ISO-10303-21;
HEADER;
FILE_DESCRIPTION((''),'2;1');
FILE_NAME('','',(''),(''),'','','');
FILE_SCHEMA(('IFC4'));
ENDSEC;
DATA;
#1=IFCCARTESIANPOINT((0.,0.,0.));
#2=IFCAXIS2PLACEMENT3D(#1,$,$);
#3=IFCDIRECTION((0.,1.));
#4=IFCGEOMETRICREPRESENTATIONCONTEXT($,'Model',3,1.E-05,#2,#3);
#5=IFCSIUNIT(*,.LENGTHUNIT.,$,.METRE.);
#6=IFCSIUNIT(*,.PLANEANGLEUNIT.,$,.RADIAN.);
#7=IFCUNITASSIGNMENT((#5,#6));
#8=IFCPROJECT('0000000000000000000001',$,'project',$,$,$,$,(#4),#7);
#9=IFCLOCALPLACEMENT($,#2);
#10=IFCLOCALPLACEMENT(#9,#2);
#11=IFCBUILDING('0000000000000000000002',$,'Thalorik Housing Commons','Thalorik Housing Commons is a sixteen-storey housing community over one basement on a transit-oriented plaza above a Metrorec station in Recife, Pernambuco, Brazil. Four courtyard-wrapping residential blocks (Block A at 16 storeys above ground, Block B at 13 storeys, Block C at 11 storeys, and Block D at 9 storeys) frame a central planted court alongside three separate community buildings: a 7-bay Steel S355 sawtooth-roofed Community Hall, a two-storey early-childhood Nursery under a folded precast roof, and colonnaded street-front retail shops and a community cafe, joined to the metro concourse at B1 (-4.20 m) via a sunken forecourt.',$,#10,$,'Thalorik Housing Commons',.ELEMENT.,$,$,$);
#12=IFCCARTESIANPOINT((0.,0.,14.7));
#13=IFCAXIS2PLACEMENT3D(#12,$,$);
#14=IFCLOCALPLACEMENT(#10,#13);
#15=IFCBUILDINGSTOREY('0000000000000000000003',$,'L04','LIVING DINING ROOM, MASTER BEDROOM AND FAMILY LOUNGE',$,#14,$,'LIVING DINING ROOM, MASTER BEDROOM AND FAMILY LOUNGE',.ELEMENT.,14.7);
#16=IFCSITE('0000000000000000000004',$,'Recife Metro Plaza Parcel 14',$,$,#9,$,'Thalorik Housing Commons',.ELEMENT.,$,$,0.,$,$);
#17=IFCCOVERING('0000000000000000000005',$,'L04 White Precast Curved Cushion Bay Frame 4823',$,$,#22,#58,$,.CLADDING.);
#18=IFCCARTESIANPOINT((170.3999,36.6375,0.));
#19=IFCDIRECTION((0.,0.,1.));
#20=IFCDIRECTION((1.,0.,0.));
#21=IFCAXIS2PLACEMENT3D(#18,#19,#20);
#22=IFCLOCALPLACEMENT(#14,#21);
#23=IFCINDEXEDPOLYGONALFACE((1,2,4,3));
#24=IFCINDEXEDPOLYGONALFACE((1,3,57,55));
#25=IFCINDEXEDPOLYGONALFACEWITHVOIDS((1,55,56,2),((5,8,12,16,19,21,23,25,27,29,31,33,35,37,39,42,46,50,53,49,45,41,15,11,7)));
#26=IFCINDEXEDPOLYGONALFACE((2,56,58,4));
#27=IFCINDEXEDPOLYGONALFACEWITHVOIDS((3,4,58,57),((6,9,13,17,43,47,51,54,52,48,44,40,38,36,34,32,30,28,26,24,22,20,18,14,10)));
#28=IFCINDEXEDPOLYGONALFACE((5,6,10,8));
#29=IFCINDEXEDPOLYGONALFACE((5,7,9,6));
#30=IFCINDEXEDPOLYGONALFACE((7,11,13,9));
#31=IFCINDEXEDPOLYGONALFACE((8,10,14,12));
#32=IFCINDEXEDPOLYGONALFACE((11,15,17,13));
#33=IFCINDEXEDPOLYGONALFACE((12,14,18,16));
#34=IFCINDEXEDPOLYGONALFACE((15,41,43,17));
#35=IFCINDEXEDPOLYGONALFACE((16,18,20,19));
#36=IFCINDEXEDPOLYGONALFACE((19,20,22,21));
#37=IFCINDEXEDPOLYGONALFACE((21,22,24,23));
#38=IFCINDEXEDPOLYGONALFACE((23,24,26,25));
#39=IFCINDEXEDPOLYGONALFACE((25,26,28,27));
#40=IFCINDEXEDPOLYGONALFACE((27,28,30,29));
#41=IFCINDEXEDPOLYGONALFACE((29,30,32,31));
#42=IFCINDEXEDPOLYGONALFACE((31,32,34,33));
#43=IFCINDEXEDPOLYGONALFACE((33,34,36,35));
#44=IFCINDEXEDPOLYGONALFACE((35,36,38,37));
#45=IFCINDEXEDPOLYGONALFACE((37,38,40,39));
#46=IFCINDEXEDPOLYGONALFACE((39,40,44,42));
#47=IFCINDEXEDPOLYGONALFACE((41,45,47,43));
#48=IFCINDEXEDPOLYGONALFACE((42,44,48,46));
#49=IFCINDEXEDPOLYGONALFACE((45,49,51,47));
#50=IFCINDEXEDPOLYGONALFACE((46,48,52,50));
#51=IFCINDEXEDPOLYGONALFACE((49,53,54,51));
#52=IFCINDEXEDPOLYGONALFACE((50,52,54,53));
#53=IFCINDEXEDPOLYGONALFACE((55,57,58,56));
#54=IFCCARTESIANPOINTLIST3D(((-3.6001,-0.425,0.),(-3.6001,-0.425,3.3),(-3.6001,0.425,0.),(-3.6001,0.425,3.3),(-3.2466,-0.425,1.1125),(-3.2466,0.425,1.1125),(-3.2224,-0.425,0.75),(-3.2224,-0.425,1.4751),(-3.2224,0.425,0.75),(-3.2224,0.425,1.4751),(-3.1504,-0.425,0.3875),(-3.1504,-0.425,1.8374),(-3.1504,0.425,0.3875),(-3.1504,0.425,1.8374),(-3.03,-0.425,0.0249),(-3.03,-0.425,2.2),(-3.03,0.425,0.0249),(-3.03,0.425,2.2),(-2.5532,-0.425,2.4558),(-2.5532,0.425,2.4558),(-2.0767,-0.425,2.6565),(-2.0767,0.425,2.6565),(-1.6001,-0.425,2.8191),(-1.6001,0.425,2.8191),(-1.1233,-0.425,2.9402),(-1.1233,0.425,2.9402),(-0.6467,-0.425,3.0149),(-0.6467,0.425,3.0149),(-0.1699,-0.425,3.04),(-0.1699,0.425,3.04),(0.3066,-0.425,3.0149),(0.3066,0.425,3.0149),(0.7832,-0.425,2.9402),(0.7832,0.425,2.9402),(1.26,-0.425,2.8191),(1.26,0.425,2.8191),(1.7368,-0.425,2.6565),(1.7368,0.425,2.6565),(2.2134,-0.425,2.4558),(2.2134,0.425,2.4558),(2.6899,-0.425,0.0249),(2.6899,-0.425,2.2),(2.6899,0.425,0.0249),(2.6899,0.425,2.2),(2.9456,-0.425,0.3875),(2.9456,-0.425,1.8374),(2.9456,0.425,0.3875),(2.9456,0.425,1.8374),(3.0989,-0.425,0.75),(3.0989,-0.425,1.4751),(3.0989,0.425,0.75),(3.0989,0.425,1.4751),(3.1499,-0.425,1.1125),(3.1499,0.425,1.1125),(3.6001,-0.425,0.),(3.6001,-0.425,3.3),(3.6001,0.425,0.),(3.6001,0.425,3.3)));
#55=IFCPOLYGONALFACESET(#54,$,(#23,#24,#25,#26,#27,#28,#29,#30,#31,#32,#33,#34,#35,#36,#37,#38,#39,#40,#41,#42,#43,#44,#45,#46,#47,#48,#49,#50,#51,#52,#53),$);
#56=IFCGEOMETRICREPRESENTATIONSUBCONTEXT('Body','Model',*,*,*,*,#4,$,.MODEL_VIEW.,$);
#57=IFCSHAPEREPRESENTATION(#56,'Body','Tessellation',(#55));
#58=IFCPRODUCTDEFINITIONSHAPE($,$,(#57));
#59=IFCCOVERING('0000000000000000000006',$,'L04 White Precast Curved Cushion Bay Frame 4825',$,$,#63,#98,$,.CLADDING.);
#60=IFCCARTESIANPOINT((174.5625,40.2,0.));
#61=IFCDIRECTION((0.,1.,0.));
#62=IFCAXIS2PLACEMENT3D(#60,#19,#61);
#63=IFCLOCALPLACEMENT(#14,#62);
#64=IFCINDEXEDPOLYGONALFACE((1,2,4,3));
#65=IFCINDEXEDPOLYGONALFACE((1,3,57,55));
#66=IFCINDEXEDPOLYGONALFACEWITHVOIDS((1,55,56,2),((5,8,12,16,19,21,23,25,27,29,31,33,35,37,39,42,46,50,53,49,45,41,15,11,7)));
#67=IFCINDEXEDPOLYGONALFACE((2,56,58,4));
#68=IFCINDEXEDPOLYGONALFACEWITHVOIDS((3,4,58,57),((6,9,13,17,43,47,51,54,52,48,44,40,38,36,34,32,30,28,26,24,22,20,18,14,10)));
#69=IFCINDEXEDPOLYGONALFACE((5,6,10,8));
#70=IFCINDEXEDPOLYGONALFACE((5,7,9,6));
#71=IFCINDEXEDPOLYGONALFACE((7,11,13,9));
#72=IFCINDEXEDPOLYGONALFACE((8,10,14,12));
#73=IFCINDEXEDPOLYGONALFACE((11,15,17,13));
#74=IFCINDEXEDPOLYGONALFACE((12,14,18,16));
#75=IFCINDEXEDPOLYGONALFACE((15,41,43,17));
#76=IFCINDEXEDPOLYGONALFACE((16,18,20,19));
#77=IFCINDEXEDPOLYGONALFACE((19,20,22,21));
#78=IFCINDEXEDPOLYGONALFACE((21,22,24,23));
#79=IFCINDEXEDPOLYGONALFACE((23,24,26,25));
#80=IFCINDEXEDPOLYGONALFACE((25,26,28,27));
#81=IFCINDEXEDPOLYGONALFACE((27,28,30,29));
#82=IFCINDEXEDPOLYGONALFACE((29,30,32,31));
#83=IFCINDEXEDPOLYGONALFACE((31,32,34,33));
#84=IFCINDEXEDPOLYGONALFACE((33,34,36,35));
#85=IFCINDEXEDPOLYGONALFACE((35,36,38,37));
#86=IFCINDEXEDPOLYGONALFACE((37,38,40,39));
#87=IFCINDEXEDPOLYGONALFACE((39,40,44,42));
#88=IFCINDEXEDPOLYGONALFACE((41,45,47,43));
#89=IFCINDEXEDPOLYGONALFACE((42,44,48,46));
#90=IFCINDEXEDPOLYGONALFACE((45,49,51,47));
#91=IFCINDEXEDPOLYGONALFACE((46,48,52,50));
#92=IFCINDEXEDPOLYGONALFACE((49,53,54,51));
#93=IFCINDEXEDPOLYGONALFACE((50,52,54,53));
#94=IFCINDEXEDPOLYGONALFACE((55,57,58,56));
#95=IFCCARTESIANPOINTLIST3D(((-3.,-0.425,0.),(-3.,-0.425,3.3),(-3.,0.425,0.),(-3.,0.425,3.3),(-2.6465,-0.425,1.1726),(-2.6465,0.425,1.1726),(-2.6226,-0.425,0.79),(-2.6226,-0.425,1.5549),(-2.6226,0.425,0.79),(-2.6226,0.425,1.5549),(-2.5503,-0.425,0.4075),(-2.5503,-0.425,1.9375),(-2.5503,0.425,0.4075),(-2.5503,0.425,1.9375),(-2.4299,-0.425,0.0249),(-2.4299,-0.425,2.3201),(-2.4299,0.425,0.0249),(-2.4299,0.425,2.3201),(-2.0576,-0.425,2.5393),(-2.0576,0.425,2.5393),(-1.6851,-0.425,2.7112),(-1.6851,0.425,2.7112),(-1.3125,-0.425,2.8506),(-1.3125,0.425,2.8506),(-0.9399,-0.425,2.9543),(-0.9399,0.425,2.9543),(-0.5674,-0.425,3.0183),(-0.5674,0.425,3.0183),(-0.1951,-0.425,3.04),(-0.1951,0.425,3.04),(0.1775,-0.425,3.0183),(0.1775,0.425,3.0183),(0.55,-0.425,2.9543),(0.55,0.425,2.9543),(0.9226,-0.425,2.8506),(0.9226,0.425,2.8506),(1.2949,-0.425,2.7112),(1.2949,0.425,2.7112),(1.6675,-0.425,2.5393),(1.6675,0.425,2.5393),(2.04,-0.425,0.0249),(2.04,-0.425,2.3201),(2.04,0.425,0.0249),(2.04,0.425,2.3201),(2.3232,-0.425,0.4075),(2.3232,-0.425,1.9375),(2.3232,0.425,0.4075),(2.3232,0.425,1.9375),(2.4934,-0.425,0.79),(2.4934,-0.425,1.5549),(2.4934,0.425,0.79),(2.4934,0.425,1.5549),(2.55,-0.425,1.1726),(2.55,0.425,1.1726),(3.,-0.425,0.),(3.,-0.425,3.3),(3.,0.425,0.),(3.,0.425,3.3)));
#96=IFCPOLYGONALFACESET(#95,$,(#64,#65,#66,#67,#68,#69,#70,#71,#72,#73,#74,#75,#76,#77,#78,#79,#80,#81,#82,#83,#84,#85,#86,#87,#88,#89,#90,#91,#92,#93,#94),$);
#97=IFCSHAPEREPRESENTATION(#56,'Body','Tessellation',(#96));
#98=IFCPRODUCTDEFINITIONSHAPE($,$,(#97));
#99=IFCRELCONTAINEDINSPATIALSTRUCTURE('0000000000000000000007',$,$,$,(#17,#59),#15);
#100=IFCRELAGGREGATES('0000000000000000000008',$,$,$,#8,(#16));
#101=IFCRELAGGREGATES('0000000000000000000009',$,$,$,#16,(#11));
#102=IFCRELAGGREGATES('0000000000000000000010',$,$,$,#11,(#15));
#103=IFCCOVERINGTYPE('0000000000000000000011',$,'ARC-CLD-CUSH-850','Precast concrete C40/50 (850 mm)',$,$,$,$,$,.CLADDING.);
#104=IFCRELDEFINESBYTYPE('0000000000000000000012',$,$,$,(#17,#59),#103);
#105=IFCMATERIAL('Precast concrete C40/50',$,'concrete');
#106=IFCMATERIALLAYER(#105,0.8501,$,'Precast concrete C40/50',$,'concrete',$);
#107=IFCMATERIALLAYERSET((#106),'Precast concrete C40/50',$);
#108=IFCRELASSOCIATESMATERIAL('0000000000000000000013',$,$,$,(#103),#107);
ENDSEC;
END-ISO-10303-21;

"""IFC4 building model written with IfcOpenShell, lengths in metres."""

from ifc_helpers import new_model, si_unit, direction, frame, origin, place, context, subcontext, project, spatial, polyline, outline, extrude, material, layer, layer_set, type_object, element, save


model = new_model("IFC4")

# Units and contexts
model_context = context("Model", 3, precision=1e-05, world=origin(), true_north=direction((0.0, 1.0)))
body_context = subcontext(model_context, "Body", "Model", "MODEL_VIEW")
ifc_project = project(units=[si_unit("LENGTHUNIT", "METRE"), si_unit("PLANEANGLEUNIT", "RADIAN")], contexts=[model_context])

# Site, building, storey
site_placement = place(None, origin())
site = spatial("IfcSite", under=ifc_project, at=site_placement, Name="Recife Metro Plaza Parcel 14", LongName="Thalorik Housing Commons", CompositionType="ELEMENT", RefElevation=0.0)
building_placement = place(site_placement, origin())
building = spatial("IfcBuilding", under=site, at=building_placement, Name="Thalorik Housing Commons", Description="Thalorik Housing Commons is a sixteen-storey housing community over one basement on a transit-oriented plaza above a Metrorec station in Recife, Pernambuco, Brazil. Four courtyard-wrapping residential blocks (Block A at 16 storeys above ground, Block B at 13 storeys, Block C at 11 storeys, and Block D at 9 storeys) frame a central planted court alongside three separate community buildings: a 7-bay Steel S355 sawtooth-roofed Community Hall, a two-storey early-childhood Nursery under a folded precast roof, and colonnaded street-front retail shops and a community cafe, joined to the metro concourse at B1 (-4.20 m) via a sunken forecourt.", LongName="Thalorik Housing Commons", CompositionType="ELEMENT")
storey_placement = place(building_placement, frame((0.0, 0.0, 14.7)))
storey = spatial("IfcBuildingStorey", under=building, at=storey_placement, Name="L04", Description="LIVING DINING ROOM, MASTER BEDROOM AND FAMILY LOUNGE", LongName="LIVING DINING ROOM, MASTER BEDROOM AND FAMILY LOUNGE", CompositionType="ELEMENT", Elevation=14.7)

# Shared definitions
ifc_material_1 = material(Name="Precast concrete C40/50", Category="concrete")

# Coverings
ifc_layer_1 = layer(ifc_material_1, 0.8501, Name="Precast concrete C40/50", Category="concrete")
ifc_layer_set_1 = layer_set([ifc_layer_1], Name="Precast concrete C40/50")
covering_type_1 = type_object("IfcCoveringType", Name="ARC-CLD-CUSH-850", Description="Precast concrete C40/50 (850 mm)", PredefinedType="CLADDING", material=ifc_layer_set_1)
covering_1_placement = place(storey_placement, frame((170.3999, 36.6375, 0.0), z_axis=(0.0, 0.0, 1.0), x_axis=(1.0, 0.0, 0.0)))
element("IfcCovering", 1, at=covering_1_placement, inside=storey, type_object=covering_type_1, Name="L04 White Precast Curved Cushion Bay Frame 4823", PredefinedType="CLADDING", context=body_context, shape_type="SweptSolid", body=[
    extrude(outline(polyline([(-3.6001, 0.0), (3.6001, 0.0), (3.6001, 3.3), (-3.6001, 3.3), (-3.6001, 0.0)]), holes=[polyline([(2.6899, 0.0249), (2.9456, 0.3875), (3.0989, 0.75), (3.1499, 1.1125), (3.0989, 1.4751), (2.9456, 1.8374), (2.6899, 2.2), (2.2134, 2.4558), (1.7368, 2.6565), (1.26, 2.8191), (0.7832, 2.9402), (0.3066, 3.0149), (-0.1699, 3.04), (-0.6467, 3.0149), (-1.1233, 2.9402), (-1.6001, 2.8191), (-2.0767, 2.6565), (-2.5532, 2.4558), (-3.03, 2.2), (-3.1504, 1.8374), (-3.2224, 1.4751), (-3.2466, 1.1125), (-3.2224, 0.75), (-3.1504, 0.3875), (-3.03, 0.0249), (2.6899, 0.0249)])]), frame((0.0, 0.425, 0.0), z_axis=(0.0, -1.0, 0.0), x_axis=(1.0, 0.0, 0.0)), (0.0, 0.0, 1.0), 0.8501),
])
covering_2_placement = place(storey_placement, frame((174.5625, 40.2, 0.0), z_axis=(0.0, 0.0, 1.0), x_axis=(0.0, 1.0, 0.0)))
element("IfcCovering", 2, at=covering_2_placement, inside=storey, type_object=covering_type_1, Name="L04 White Precast Curved Cushion Bay Frame 4825", PredefinedType="CLADDING", context=body_context, shape_type="SweptSolid", body=[
    extrude(outline(polyline([(-3.0, 0.0), (3.0, 0.0), (3.0, 3.3), (-3.0, 3.3), (-3.0, 0.0)]), holes=[polyline([(2.04, 0.0249), (2.3232, 0.4075), (2.4934, 0.79), (2.55, 1.1726), (2.4934, 1.5549), (2.3232, 1.9375), (2.04, 2.3201), (1.6675, 2.5393), (1.2949, 2.7112), (0.9226, 2.8506), (0.55, 2.9543), (0.1775, 3.0183), (-0.1951, 3.04), (-0.5674, 3.0183), (-0.9399, 2.9543), (-1.3125, 2.8506), (-1.6851, 2.7112), (-2.0576, 2.5393), (-2.4299, 2.3201), (-2.5503, 1.9375), (-2.6226, 1.5549), (-2.6465, 1.1726), (-2.6226, 0.79), (-2.5503, 0.4075), (-2.4299, 0.0249), (2.04, 0.0249)])]), frame((0.0, 0.425, 0.0), z_axis=(0.0, -1.0, 0.0), x_axis=(1.0, 0.0, 0.0)), (0.0, 0.0, 1.0), 0.8501),
])

save(model, "model.ifc")
